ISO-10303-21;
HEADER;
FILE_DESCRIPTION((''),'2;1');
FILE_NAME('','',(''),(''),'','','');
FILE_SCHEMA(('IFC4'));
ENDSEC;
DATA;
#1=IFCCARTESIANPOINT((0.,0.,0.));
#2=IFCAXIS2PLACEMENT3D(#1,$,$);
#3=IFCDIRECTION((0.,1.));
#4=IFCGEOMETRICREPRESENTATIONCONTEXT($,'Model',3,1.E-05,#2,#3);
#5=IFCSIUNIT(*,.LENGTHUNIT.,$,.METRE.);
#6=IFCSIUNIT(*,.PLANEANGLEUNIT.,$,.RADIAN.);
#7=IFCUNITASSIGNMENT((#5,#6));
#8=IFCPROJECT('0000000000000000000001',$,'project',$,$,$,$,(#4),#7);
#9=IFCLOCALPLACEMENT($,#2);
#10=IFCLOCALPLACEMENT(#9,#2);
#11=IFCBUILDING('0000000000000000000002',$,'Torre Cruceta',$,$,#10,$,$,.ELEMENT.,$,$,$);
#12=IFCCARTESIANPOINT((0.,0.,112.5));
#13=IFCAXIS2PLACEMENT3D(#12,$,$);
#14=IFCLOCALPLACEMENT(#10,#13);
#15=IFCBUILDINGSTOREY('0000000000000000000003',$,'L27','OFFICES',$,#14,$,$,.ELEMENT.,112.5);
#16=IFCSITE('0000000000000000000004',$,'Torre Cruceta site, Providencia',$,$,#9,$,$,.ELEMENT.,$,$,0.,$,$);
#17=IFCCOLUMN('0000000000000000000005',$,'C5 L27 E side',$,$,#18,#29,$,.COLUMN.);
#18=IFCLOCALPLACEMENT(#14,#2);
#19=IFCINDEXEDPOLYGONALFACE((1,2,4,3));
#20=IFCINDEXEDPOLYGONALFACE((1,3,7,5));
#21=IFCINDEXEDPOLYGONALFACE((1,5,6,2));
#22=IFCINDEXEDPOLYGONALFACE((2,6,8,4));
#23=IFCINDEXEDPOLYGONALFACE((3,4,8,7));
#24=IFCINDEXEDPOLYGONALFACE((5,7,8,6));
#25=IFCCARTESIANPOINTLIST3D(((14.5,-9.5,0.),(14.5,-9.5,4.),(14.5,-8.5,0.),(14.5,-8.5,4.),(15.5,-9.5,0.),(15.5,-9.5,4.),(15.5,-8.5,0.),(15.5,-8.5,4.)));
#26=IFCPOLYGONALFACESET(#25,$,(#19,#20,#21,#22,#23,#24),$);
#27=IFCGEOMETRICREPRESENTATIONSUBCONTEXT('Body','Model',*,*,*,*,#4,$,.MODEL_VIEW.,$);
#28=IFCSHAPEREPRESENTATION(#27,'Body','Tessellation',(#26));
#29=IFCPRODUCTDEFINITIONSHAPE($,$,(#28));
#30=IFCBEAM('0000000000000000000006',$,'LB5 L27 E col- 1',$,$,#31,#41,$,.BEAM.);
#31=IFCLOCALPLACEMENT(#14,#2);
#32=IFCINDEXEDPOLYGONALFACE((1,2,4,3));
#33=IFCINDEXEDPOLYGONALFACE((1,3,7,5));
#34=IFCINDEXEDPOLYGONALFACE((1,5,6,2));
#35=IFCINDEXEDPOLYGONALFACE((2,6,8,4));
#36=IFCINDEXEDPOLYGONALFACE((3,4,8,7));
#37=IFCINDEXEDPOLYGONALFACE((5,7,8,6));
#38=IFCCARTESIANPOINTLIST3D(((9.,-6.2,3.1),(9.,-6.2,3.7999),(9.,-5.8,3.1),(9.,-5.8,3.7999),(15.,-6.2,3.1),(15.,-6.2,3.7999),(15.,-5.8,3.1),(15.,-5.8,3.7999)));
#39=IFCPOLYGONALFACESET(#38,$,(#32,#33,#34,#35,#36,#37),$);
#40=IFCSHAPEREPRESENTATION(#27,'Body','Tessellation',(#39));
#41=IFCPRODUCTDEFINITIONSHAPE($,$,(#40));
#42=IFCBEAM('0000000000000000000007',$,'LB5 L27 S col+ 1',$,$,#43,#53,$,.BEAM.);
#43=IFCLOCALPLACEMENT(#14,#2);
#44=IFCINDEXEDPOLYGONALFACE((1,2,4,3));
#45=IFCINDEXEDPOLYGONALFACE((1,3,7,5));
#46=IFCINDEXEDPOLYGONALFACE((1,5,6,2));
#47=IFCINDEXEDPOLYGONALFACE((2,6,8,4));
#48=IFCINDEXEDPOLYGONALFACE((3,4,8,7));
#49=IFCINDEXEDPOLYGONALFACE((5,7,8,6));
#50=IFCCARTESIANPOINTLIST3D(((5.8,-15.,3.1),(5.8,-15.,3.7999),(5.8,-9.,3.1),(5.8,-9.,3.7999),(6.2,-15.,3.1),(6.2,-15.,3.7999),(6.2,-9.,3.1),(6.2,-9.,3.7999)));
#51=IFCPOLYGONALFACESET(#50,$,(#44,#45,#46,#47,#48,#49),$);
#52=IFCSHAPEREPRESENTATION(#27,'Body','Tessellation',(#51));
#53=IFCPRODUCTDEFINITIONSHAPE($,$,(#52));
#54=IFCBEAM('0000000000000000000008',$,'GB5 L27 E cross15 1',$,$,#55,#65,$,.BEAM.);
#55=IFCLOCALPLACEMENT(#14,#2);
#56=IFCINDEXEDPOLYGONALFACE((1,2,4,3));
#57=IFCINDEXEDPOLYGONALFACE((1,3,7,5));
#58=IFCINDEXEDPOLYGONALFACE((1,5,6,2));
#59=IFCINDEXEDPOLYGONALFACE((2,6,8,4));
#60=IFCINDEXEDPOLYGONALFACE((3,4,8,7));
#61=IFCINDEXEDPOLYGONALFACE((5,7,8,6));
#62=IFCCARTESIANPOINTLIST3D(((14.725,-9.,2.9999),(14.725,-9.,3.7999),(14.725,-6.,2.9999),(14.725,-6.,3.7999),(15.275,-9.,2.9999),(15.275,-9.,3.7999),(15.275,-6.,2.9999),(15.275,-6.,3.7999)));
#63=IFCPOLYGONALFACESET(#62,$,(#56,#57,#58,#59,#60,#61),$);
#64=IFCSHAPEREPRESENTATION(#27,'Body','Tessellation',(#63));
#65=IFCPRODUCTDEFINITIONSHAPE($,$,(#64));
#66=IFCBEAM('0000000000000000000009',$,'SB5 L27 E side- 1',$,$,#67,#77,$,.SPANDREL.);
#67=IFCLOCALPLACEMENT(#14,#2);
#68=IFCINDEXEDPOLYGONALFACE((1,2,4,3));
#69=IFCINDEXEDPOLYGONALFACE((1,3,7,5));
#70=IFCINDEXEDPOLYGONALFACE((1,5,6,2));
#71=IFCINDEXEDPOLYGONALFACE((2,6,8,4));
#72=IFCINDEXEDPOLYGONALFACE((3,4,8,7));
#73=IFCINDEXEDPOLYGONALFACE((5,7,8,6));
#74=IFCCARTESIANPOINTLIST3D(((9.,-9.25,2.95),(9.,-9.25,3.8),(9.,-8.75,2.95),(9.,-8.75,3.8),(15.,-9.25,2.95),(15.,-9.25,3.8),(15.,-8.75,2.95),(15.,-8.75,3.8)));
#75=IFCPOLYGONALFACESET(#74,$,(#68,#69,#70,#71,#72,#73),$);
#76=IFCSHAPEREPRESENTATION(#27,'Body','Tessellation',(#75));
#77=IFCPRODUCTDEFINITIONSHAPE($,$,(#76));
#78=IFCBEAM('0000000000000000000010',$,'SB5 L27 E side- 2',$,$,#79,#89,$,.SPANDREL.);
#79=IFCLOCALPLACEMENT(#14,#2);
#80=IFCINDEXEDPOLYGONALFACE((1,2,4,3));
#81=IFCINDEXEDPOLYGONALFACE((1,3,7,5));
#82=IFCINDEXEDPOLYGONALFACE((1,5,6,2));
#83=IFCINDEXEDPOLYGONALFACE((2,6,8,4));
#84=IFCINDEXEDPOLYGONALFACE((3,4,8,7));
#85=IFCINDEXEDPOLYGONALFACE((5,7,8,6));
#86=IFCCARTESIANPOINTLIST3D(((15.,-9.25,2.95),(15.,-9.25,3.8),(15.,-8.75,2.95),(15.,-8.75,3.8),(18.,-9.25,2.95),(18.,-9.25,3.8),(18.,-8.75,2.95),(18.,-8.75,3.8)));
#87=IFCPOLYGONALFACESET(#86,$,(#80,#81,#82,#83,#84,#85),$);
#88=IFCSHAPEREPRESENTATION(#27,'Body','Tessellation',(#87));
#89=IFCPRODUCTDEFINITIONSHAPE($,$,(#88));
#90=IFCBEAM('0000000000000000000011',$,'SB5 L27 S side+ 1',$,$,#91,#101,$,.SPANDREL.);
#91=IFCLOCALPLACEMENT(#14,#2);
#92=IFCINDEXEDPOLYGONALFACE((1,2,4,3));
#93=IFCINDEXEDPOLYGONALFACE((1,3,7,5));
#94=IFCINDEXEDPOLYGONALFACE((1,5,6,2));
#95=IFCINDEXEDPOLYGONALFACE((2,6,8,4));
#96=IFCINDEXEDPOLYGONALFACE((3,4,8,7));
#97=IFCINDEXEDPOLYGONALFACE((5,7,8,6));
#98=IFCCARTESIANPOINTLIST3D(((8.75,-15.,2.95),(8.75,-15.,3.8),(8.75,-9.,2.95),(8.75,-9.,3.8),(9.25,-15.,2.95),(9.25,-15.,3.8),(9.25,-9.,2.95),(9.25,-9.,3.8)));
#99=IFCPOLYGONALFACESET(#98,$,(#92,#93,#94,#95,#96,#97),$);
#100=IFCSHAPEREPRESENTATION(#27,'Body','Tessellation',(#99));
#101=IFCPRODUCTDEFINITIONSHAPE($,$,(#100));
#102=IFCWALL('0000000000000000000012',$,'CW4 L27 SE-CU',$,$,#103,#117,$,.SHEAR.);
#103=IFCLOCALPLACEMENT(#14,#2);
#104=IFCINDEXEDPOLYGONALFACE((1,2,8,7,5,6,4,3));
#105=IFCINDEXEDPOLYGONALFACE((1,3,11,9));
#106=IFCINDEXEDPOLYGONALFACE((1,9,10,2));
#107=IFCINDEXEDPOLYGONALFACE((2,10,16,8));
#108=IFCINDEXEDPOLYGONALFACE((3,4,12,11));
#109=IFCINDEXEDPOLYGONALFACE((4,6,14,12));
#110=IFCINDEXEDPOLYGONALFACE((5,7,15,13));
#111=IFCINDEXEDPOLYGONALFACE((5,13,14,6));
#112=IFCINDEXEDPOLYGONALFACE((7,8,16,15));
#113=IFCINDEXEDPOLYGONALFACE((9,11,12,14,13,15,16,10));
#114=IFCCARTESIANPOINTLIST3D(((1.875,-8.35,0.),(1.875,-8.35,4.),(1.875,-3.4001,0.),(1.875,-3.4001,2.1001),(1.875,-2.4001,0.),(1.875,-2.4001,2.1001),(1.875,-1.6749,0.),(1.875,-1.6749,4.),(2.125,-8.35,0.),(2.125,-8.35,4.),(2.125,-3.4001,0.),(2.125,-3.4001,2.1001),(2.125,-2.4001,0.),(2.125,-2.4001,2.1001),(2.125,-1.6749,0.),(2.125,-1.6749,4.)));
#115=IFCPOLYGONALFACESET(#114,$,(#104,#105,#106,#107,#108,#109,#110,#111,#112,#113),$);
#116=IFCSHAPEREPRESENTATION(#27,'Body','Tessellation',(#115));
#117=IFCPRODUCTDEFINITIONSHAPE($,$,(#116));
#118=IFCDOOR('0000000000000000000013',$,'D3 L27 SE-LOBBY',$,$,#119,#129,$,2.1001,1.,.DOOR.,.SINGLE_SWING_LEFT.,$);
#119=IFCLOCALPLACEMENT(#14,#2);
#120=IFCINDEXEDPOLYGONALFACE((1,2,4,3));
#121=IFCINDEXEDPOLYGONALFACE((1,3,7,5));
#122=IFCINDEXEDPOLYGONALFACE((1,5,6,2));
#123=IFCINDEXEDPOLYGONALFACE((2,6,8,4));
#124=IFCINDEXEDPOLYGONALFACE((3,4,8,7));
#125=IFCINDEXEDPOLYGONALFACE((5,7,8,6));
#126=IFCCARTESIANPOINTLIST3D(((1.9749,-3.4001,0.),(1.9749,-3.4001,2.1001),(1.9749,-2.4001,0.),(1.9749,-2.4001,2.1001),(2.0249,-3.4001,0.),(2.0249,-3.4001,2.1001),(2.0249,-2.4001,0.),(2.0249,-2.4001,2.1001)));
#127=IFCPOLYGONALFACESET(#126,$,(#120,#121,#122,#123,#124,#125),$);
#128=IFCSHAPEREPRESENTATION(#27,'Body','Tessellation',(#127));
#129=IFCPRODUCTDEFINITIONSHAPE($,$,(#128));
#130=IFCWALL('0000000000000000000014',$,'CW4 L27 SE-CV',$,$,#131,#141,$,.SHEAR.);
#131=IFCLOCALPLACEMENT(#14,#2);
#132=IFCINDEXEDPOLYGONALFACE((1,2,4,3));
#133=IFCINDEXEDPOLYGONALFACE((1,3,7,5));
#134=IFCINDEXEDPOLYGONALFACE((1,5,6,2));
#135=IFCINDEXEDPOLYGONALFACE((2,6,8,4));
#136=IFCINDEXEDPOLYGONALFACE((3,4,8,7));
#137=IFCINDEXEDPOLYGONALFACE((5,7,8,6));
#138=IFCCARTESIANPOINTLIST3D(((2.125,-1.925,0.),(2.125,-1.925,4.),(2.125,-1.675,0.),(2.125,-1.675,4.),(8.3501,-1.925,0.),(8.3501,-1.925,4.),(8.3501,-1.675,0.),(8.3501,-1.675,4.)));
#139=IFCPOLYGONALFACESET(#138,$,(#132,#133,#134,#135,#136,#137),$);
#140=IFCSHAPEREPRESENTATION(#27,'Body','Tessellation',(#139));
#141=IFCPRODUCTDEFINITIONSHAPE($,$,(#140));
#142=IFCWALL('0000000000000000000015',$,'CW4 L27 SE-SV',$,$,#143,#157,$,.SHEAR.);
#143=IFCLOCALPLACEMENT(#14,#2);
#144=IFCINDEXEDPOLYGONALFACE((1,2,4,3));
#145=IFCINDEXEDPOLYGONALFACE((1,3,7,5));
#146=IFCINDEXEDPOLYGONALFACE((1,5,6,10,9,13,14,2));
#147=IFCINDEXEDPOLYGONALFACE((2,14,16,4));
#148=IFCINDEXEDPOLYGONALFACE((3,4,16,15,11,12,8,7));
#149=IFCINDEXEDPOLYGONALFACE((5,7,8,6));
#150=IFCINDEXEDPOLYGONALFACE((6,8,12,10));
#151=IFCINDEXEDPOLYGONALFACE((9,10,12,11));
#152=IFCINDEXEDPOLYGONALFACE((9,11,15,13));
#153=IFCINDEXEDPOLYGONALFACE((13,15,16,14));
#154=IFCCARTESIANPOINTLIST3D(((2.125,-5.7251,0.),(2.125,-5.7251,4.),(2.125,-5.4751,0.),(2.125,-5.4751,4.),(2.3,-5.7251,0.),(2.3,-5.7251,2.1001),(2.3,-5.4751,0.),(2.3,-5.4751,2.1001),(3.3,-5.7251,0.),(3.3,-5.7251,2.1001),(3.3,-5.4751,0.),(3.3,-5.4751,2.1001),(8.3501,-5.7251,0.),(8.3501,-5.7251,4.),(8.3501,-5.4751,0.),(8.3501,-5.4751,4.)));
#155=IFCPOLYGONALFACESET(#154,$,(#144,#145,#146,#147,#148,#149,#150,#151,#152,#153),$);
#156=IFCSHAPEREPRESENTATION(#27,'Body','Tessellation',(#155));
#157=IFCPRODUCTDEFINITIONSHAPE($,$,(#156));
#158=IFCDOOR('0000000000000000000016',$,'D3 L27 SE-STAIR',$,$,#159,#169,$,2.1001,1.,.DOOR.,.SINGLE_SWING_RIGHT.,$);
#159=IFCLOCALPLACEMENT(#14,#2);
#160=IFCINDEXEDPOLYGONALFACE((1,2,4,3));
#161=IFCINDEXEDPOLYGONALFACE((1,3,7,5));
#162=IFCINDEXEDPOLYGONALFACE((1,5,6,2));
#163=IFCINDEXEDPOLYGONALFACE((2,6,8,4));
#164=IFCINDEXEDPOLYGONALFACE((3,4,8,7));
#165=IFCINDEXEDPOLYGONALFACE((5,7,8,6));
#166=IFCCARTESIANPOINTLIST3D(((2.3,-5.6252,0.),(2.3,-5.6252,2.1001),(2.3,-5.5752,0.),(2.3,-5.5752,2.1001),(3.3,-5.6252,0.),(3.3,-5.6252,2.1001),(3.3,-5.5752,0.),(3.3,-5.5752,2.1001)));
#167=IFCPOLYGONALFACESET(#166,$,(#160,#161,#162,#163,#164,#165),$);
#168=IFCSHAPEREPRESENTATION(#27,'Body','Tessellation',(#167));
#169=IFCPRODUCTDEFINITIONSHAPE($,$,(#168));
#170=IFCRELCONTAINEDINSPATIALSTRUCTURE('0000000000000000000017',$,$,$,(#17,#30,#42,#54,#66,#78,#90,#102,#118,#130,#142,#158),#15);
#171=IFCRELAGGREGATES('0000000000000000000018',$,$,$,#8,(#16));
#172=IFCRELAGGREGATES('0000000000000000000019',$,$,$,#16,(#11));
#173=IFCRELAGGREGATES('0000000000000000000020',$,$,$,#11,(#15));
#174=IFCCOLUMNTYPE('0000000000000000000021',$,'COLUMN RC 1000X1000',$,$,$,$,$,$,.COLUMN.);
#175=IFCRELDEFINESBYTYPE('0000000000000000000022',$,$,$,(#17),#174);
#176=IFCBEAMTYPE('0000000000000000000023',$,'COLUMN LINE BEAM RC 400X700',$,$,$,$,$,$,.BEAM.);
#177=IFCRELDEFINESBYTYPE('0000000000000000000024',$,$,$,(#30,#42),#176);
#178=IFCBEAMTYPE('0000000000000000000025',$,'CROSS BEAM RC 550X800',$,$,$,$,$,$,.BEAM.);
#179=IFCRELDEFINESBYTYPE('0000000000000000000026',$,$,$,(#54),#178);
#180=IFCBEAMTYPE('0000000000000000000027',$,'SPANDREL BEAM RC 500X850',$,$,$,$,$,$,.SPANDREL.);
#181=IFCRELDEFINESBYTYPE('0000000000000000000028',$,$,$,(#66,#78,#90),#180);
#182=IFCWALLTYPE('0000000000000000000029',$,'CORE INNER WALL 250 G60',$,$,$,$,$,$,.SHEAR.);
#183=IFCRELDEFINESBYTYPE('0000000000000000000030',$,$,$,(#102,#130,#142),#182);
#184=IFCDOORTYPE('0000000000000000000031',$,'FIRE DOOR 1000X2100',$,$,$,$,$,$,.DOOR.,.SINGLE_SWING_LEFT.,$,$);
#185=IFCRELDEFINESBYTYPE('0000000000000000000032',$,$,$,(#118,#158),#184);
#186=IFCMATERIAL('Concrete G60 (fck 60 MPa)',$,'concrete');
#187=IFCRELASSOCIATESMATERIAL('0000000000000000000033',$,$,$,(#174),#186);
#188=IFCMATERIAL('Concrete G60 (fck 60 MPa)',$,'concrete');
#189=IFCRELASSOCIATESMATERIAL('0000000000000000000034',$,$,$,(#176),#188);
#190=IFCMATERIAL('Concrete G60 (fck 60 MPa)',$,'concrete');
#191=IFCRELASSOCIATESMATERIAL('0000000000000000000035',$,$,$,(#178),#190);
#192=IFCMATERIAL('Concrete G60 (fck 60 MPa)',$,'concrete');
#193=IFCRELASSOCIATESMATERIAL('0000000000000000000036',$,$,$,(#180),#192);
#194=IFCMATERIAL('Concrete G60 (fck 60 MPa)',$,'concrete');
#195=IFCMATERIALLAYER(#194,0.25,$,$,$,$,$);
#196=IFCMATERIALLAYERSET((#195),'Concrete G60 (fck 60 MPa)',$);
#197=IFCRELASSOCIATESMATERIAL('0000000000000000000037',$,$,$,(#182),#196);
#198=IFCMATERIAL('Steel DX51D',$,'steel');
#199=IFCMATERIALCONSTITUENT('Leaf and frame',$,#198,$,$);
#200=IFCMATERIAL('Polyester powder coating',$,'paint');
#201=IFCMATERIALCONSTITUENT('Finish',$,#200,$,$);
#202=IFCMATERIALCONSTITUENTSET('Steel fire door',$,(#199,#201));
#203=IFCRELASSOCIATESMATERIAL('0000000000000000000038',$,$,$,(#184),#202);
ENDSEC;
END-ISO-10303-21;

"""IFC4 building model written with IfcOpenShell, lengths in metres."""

from ifc_helpers import new_model, si_unit, direction, frame, frame_2d, origin, origin_2d, place, context, subcontext, project, spatial, rectangle, extrude, material, layer, layer_set, constituent, constituent_set, material_profile, profile_set, type_object, element, fill, save


model = new_model("IFC4")

# Units and contexts
model_context = context("Model", 3, precision=1e-05, world=origin(), true_north=direction((0.0, 1.0)))
body_context = subcontext(model_context, "Body", "Model", "MODEL_VIEW")
ifc_project = project(units=[si_unit("LENGTHUNIT", "METRE"), si_unit("PLANEANGLEUNIT", "RADIAN")], contexts=[model_context])

# Site, building, storey
site_placement = place(None, origin())
site = spatial("IfcSite", under=ifc_project, at=site_placement, Name="Torre Cruceta site, Providencia", CompositionType="ELEMENT", RefElevation=0.0)
building_placement = place(site_placement, origin())
building = spatial("IfcBuilding", under=site, at=building_placement, Name="Torre Cruceta", CompositionType="ELEMENT")
storey_placement = place(building_placement, frame((0.0, 0.0, 112.5)))
storey = spatial("IfcBuildingStorey", under=building, at=storey_placement, Name="L27", Description="OFFICES", CompositionType="ELEMENT", Elevation=112.5)

# Column
ifc_material_1 = material(Name="Concrete G60 (fck 60 MPa)", Category="concrete")
ifc_material_profile_1 = material_profile(ifc_material_1, rectangle(XDim=1.0, YDim=1.0, at=origin_2d()), Name="RC 1000X1000")
ifc_profile_set_1 = profile_set([ifc_material_profile_1], Name="Concrete G60 (fck 60 MPa)")
column_type = type_object("IfcColumnType", Name="COLUMN RC 1000X1000", PredefinedType="COLUMN", material=ifc_profile_set_1)
column_placement = place(storey_placement, frame((15.0, -9.0, 0.0), z_axis=(0.0, 0.0, 1.0), x_axis=(1.0, 0.0, 0.0)))
element("IfcColumn", 1, at=column_placement, inside=storey, type_object=column_type, Name="C5 L27 E side", PredefinedType="COLUMN", context=body_context, shape_type="SweptSolid", body=[
    extrude(rectangle(XDim=1.0, YDim=1.0, at=origin_2d()), origin(), (0.0, 0.0, 1.0), 4.0),
])

# Beams
ifc_material_2 = material(Name="Concrete G60 (fck 60 MPa)", Category="concrete")
ifc_material_profile_2 = material_profile(ifc_material_2, rectangle(XDim=0.3999, YDim=0.7, at=origin_2d()), Name="RC 400X700")
ifc_profile_set_2 = profile_set([ifc_material_profile_2], Name="Concrete G60 (fck 60 MPa)")
beam_type_1 = type_object("IfcBeamType", Name="COLUMN LINE BEAM RC 400X700", PredefinedType="BEAM", material=ifc_profile_set_2)
for number, where, z_axis, x_axis, name in (
    (2, (9.0, -6.0, 3.45), (1.0, 0.0, 0.0), (0.0, 1.0, 0.0), "LB5 L27 E col- 1"),
    (3, (6.0, -9.0, 3.45), (0.0, -1.0, 0.0), (1.0, 0.0, 0.0), "LB5 L27 S col+ 1"),
):
    element("IfcBeam", number, at=place(storey_placement, frame(where, z_axis=z_axis, x_axis=x_axis)), inside=storey, type_object=beam_type_1, Name=name, PredefinedType="BEAM", context=body_context, shape_type="SweptSolid", body=[
        extrude(rectangle(XDim=0.3999, YDim=0.7, at=origin_2d()), origin(), (0.0, 0.0, 1.0), 6.0),
    ])
ifc_material_3 = material(Name="Concrete G60 (fck 60 MPa)", Category="concrete")
ifc_material_profile_3 = material_profile(ifc_material_3, rectangle(XDim=0.55, YDim=0.8, at=origin_2d()), Name="RC 550X800")
ifc_profile_set_3 = profile_set([ifc_material_profile_3], Name="Concrete G60 (fck 60 MPa)")
beam_type_2 = type_object("IfcBeamType", Name="CROSS BEAM RC 550X800", PredefinedType="BEAM", material=ifc_profile_set_3)
beam_1_placement = place(storey_placement, frame((15.0, -9.0, 3.3999), z_axis=(0.0, 1.0, 0.0), x_axis=(-1.0, 0.0, 0.0)))
element("IfcBeam", 4, at=beam_1_placement, inside=storey, type_object=beam_type_2, Name="GB5 L27 E cross15 1", PredefinedType="BEAM", context=body_context, shape_type="SweptSolid", body=[
    extrude(rectangle(XDim=0.55, YDim=0.8, at=origin_2d()), origin(), (0.0, 0.0, 1.0), 3.0),
])
ifc_material_4 = material(Name="Concrete G60 (fck 60 MPa)", Category="concrete")
ifc_material_profile_4 = material_profile(ifc_material_4, rectangle(XDim=0.5, YDim=0.8501, at=origin_2d()), Name="RC 500X850")
ifc_profile_set_4 = profile_set([ifc_material_profile_4], Name="Concrete G60 (fck 60 MPa)")
beam_type_3 = type_object("IfcBeamType", Name="SPANDREL BEAM RC 500X850", PredefinedType="SPANDREL", material=ifc_profile_set_4)
beam_2_placement = place(storey_placement, frame((9.0, -9.0, 3.375), z_axis=(1.0, 0.0, 0.0), x_axis=(0.0, 1.0, 0.0)))
element("IfcBeam", 5, at=beam_2_placement, inside=storey, type_object=beam_type_3, Name="SB5 L27 E side- 1", PredefinedType="SPANDREL", context=body_context, shape_type="SweptSolid", body=[
    extrude(rectangle(XDim=0.5, YDim=0.8501, at=origin_2d()), origin(), (0.0, 0.0, 1.0), 6.0),
])
beam_3_placement = place(storey_placement, frame((15.0, -9.0, 3.375), z_axis=(1.0, 0.0, 0.0), x_axis=(0.0, 1.0, 0.0)))
element("IfcBeam", 6, at=beam_3_placement, inside=storey, type_object=beam_type_3, Name="SB5 L27 E side- 2", PredefinedType="SPANDREL", context=body_context, shape_type="SweptSolid", body=[
    extrude(rectangle(XDim=0.5, YDim=0.8501, at=origin_2d()), origin(), (0.0, 0.0, 1.0), 3.0),
])
beam_4_placement = place(storey_placement, frame((9.0, -9.0, 3.375), z_axis=(0.0, -1.0, 0.0), x_axis=(1.0, 0.0, 0.0)))
element("IfcBeam", 7, at=beam_4_placement, inside=storey, type_object=beam_type_3, Name="SB5 L27 S side+ 1", PredefinedType="SPANDREL", context=body_context, shape_type="SweptSolid", body=[
    extrude(rectangle(XDim=0.5, YDim=0.8501, at=origin_2d()), origin(), (0.0, 0.0, 1.0), 6.0),
])

# Wall, opening, door
ifc_material_5 = material(Name="Concrete G60 (fck 60 MPa)", Category="concrete")
ifc_layer_1 = layer(ifc_material_5, 0.25)
ifc_layer_set_1 = layer_set([ifc_layer_1], Name="Concrete G60 (fck 60 MPa)")
wall_type_1 = type_object("IfcWallType", Name="CORE INNER WALL 250 G60", PredefinedType="SHEAR", material=ifc_layer_set_1)
wall_1_placement = place(storey_placement, frame((2.0, -1.675, 0.0), z_axis=(0.0, 0.0, 1.0), x_axis=(0.0, -1.0, 0.0)))
wall_1 = element("IfcWall", 8, at=wall_1_placement, inside=storey, type_object=wall_type_1, Name="CW4 L27 SE-CU", PredefinedType="SHEAR", context=body_context, shape_type="SweptSolid", body=[
    extrude(rectangle(XDim=6.675, YDim=0.25, at=frame_2d((3.3374, 0.0))), origin(), (0.0, 0.0, 1.0), 4.0),
])
opening_1_placement = place(wall_1_placement, frame((0.7251, 0.0, 0.0)))
opening_1 = element("IfcOpeningElement", 9, at=opening_1_placement, cuts=wall_1, PredefinedType="OPENING", context=body_context, shape_type="SweptSolid", body=[
    extrude(rectangle(XDim=1.0, YDim=2.1001, at=frame_2d((0.5, 1.05))), frame((0.0, 0.135, 0.0), z_axis=(0.0, -1.0, 0.0), x_axis=(1.0, 0.0, 0.0)), (0.0, 0.0, 1.0), 0.27),
])
ifc_material_6 = material(Name="Steel DX51D", Category="steel")
ifc_constituent_1 = constituent(ifc_material_6, Name="Leaf and frame")
ifc_material_7 = material(Name="Polyester powder coating", Category="paint")
ifc_constituent_2 = constituent(ifc_material_7, Name="Finish")
ifc_constituent_set_1 = constituent_set(constituents=[ifc_constituent_1, ifc_constituent_2], Name="Steel fire door")
door_type_1 = type_object("IfcDoorType", Name="FIRE DOOR 1000X2100", OperationType="SINGLE_SWING_LEFT", PredefinedType="DOOR", material=ifc_constituent_set_1)
door_1_placement = place(opening_1_placement, origin())
door_1 = element("IfcDoor", 10, at=door_1_placement, inside=storey, type_object=door_type_1, Name="D3 L27 SE-LOBBY", OperationType="SINGLE_SWING_LEFT", OverallHeight=2.1001, OverallWidth=1.0, PredefinedType="DOOR", context=body_context, shape_type="SweptSolid", body=[
    extrude(rectangle(XDim=1.0, YDim=2.1001, at=frame_2d((0.5, 1.05))), frame((0.0, 0.0249, 0.0), z_axis=(0.0, -1.0, 0.0), x_axis=(1.0, 0.0, 0.0)), (0.0, 0.0, 1.0), 0.05),
])
fill(opening_1, door_1)

# Wall
wall_2_placement = place(storey_placement, frame((2.125, -1.8, 0.0), z_axis=(0.0, 0.0, 1.0), x_axis=(1.0, 0.0, 0.0)))
element("IfcWall", 11, at=wall_2_placement, inside=storey, type_object=wall_type_1, Name="CW4 L27 SE-CV", PredefinedType="SHEAR", context=body_context, shape_type="SweptSolid", body=[
    extrude(rectangle(XDim=6.2251, YDim=0.25, at=frame_2d((3.1125, 0.0))), origin(), (0.0, 0.0, 1.0), 4.0),
])

# Wall, opening, door
wall_3_placement = place(storey_placement, frame((2.125, -5.6001, 0.0), z_axis=(0.0, 0.0, 1.0), x_axis=(1.0, 0.0, 0.0)))
wall_3 = element("IfcWall", 12, at=wall_3_placement, inside=storey, type_object=wall_type_1, Name="CW4 L27 SE-SV", PredefinedType="SHEAR", context=body_context, shape_type="SweptSolid", body=[
    extrude(rectangle(XDim=6.2251, YDim=0.25, at=frame_2d((3.1125, 0.0))), origin(), (0.0, 0.0, 1.0), 4.0),
])
opening_2_placement = place(wall_3_placement, frame((0.175, 0.0, 0.0)))
opening_2 = element("IfcOpeningElement", 13, at=opening_2_placement, cuts=wall_3, PredefinedType="OPENING", context=body_context, shape_type="SweptSolid", body=[
    extrude(rectangle(XDim=1.0, YDim=2.1001, at=frame_2d((0.5, 1.05))), frame((0.0, 0.135, 0.0), z_axis=(0.0, -1.0, 0.0), x_axis=(1.0, 0.0, 0.0)), (0.0, 0.0, 1.0), 0.27),
])
door_2_placement = place(opening_2_placement, frame((1.0, 0.0, 0.0), z_axis=(0.0, 0.0, 1.0), x_axis=(-1.0, 0.0, 0.0)))
door_2 = element("IfcDoor", 14, at=door_2_placement, inside=storey, type_object=door_type_1, Name="D3 L27 SE-STAIR", OperationType="SINGLE_SWING_RIGHT", OverallHeight=2.1001, OverallWidth=1.0, PredefinedType="DOOR", context=body_context, shape_type="SweptSolid", body=[
    extrude(rectangle(XDim=1.0, YDim=2.1001, at=frame_2d((0.5, 1.05))), frame((0.0, 0.0251, 0.0), z_axis=(0.0, -1.0, 0.0), x_axis=(1.0, 0.0, 0.0)), (0.0, 0.0, 1.0), 0.05),
])
fill(opening_2, door_2)

save(model, "model.ifc")
